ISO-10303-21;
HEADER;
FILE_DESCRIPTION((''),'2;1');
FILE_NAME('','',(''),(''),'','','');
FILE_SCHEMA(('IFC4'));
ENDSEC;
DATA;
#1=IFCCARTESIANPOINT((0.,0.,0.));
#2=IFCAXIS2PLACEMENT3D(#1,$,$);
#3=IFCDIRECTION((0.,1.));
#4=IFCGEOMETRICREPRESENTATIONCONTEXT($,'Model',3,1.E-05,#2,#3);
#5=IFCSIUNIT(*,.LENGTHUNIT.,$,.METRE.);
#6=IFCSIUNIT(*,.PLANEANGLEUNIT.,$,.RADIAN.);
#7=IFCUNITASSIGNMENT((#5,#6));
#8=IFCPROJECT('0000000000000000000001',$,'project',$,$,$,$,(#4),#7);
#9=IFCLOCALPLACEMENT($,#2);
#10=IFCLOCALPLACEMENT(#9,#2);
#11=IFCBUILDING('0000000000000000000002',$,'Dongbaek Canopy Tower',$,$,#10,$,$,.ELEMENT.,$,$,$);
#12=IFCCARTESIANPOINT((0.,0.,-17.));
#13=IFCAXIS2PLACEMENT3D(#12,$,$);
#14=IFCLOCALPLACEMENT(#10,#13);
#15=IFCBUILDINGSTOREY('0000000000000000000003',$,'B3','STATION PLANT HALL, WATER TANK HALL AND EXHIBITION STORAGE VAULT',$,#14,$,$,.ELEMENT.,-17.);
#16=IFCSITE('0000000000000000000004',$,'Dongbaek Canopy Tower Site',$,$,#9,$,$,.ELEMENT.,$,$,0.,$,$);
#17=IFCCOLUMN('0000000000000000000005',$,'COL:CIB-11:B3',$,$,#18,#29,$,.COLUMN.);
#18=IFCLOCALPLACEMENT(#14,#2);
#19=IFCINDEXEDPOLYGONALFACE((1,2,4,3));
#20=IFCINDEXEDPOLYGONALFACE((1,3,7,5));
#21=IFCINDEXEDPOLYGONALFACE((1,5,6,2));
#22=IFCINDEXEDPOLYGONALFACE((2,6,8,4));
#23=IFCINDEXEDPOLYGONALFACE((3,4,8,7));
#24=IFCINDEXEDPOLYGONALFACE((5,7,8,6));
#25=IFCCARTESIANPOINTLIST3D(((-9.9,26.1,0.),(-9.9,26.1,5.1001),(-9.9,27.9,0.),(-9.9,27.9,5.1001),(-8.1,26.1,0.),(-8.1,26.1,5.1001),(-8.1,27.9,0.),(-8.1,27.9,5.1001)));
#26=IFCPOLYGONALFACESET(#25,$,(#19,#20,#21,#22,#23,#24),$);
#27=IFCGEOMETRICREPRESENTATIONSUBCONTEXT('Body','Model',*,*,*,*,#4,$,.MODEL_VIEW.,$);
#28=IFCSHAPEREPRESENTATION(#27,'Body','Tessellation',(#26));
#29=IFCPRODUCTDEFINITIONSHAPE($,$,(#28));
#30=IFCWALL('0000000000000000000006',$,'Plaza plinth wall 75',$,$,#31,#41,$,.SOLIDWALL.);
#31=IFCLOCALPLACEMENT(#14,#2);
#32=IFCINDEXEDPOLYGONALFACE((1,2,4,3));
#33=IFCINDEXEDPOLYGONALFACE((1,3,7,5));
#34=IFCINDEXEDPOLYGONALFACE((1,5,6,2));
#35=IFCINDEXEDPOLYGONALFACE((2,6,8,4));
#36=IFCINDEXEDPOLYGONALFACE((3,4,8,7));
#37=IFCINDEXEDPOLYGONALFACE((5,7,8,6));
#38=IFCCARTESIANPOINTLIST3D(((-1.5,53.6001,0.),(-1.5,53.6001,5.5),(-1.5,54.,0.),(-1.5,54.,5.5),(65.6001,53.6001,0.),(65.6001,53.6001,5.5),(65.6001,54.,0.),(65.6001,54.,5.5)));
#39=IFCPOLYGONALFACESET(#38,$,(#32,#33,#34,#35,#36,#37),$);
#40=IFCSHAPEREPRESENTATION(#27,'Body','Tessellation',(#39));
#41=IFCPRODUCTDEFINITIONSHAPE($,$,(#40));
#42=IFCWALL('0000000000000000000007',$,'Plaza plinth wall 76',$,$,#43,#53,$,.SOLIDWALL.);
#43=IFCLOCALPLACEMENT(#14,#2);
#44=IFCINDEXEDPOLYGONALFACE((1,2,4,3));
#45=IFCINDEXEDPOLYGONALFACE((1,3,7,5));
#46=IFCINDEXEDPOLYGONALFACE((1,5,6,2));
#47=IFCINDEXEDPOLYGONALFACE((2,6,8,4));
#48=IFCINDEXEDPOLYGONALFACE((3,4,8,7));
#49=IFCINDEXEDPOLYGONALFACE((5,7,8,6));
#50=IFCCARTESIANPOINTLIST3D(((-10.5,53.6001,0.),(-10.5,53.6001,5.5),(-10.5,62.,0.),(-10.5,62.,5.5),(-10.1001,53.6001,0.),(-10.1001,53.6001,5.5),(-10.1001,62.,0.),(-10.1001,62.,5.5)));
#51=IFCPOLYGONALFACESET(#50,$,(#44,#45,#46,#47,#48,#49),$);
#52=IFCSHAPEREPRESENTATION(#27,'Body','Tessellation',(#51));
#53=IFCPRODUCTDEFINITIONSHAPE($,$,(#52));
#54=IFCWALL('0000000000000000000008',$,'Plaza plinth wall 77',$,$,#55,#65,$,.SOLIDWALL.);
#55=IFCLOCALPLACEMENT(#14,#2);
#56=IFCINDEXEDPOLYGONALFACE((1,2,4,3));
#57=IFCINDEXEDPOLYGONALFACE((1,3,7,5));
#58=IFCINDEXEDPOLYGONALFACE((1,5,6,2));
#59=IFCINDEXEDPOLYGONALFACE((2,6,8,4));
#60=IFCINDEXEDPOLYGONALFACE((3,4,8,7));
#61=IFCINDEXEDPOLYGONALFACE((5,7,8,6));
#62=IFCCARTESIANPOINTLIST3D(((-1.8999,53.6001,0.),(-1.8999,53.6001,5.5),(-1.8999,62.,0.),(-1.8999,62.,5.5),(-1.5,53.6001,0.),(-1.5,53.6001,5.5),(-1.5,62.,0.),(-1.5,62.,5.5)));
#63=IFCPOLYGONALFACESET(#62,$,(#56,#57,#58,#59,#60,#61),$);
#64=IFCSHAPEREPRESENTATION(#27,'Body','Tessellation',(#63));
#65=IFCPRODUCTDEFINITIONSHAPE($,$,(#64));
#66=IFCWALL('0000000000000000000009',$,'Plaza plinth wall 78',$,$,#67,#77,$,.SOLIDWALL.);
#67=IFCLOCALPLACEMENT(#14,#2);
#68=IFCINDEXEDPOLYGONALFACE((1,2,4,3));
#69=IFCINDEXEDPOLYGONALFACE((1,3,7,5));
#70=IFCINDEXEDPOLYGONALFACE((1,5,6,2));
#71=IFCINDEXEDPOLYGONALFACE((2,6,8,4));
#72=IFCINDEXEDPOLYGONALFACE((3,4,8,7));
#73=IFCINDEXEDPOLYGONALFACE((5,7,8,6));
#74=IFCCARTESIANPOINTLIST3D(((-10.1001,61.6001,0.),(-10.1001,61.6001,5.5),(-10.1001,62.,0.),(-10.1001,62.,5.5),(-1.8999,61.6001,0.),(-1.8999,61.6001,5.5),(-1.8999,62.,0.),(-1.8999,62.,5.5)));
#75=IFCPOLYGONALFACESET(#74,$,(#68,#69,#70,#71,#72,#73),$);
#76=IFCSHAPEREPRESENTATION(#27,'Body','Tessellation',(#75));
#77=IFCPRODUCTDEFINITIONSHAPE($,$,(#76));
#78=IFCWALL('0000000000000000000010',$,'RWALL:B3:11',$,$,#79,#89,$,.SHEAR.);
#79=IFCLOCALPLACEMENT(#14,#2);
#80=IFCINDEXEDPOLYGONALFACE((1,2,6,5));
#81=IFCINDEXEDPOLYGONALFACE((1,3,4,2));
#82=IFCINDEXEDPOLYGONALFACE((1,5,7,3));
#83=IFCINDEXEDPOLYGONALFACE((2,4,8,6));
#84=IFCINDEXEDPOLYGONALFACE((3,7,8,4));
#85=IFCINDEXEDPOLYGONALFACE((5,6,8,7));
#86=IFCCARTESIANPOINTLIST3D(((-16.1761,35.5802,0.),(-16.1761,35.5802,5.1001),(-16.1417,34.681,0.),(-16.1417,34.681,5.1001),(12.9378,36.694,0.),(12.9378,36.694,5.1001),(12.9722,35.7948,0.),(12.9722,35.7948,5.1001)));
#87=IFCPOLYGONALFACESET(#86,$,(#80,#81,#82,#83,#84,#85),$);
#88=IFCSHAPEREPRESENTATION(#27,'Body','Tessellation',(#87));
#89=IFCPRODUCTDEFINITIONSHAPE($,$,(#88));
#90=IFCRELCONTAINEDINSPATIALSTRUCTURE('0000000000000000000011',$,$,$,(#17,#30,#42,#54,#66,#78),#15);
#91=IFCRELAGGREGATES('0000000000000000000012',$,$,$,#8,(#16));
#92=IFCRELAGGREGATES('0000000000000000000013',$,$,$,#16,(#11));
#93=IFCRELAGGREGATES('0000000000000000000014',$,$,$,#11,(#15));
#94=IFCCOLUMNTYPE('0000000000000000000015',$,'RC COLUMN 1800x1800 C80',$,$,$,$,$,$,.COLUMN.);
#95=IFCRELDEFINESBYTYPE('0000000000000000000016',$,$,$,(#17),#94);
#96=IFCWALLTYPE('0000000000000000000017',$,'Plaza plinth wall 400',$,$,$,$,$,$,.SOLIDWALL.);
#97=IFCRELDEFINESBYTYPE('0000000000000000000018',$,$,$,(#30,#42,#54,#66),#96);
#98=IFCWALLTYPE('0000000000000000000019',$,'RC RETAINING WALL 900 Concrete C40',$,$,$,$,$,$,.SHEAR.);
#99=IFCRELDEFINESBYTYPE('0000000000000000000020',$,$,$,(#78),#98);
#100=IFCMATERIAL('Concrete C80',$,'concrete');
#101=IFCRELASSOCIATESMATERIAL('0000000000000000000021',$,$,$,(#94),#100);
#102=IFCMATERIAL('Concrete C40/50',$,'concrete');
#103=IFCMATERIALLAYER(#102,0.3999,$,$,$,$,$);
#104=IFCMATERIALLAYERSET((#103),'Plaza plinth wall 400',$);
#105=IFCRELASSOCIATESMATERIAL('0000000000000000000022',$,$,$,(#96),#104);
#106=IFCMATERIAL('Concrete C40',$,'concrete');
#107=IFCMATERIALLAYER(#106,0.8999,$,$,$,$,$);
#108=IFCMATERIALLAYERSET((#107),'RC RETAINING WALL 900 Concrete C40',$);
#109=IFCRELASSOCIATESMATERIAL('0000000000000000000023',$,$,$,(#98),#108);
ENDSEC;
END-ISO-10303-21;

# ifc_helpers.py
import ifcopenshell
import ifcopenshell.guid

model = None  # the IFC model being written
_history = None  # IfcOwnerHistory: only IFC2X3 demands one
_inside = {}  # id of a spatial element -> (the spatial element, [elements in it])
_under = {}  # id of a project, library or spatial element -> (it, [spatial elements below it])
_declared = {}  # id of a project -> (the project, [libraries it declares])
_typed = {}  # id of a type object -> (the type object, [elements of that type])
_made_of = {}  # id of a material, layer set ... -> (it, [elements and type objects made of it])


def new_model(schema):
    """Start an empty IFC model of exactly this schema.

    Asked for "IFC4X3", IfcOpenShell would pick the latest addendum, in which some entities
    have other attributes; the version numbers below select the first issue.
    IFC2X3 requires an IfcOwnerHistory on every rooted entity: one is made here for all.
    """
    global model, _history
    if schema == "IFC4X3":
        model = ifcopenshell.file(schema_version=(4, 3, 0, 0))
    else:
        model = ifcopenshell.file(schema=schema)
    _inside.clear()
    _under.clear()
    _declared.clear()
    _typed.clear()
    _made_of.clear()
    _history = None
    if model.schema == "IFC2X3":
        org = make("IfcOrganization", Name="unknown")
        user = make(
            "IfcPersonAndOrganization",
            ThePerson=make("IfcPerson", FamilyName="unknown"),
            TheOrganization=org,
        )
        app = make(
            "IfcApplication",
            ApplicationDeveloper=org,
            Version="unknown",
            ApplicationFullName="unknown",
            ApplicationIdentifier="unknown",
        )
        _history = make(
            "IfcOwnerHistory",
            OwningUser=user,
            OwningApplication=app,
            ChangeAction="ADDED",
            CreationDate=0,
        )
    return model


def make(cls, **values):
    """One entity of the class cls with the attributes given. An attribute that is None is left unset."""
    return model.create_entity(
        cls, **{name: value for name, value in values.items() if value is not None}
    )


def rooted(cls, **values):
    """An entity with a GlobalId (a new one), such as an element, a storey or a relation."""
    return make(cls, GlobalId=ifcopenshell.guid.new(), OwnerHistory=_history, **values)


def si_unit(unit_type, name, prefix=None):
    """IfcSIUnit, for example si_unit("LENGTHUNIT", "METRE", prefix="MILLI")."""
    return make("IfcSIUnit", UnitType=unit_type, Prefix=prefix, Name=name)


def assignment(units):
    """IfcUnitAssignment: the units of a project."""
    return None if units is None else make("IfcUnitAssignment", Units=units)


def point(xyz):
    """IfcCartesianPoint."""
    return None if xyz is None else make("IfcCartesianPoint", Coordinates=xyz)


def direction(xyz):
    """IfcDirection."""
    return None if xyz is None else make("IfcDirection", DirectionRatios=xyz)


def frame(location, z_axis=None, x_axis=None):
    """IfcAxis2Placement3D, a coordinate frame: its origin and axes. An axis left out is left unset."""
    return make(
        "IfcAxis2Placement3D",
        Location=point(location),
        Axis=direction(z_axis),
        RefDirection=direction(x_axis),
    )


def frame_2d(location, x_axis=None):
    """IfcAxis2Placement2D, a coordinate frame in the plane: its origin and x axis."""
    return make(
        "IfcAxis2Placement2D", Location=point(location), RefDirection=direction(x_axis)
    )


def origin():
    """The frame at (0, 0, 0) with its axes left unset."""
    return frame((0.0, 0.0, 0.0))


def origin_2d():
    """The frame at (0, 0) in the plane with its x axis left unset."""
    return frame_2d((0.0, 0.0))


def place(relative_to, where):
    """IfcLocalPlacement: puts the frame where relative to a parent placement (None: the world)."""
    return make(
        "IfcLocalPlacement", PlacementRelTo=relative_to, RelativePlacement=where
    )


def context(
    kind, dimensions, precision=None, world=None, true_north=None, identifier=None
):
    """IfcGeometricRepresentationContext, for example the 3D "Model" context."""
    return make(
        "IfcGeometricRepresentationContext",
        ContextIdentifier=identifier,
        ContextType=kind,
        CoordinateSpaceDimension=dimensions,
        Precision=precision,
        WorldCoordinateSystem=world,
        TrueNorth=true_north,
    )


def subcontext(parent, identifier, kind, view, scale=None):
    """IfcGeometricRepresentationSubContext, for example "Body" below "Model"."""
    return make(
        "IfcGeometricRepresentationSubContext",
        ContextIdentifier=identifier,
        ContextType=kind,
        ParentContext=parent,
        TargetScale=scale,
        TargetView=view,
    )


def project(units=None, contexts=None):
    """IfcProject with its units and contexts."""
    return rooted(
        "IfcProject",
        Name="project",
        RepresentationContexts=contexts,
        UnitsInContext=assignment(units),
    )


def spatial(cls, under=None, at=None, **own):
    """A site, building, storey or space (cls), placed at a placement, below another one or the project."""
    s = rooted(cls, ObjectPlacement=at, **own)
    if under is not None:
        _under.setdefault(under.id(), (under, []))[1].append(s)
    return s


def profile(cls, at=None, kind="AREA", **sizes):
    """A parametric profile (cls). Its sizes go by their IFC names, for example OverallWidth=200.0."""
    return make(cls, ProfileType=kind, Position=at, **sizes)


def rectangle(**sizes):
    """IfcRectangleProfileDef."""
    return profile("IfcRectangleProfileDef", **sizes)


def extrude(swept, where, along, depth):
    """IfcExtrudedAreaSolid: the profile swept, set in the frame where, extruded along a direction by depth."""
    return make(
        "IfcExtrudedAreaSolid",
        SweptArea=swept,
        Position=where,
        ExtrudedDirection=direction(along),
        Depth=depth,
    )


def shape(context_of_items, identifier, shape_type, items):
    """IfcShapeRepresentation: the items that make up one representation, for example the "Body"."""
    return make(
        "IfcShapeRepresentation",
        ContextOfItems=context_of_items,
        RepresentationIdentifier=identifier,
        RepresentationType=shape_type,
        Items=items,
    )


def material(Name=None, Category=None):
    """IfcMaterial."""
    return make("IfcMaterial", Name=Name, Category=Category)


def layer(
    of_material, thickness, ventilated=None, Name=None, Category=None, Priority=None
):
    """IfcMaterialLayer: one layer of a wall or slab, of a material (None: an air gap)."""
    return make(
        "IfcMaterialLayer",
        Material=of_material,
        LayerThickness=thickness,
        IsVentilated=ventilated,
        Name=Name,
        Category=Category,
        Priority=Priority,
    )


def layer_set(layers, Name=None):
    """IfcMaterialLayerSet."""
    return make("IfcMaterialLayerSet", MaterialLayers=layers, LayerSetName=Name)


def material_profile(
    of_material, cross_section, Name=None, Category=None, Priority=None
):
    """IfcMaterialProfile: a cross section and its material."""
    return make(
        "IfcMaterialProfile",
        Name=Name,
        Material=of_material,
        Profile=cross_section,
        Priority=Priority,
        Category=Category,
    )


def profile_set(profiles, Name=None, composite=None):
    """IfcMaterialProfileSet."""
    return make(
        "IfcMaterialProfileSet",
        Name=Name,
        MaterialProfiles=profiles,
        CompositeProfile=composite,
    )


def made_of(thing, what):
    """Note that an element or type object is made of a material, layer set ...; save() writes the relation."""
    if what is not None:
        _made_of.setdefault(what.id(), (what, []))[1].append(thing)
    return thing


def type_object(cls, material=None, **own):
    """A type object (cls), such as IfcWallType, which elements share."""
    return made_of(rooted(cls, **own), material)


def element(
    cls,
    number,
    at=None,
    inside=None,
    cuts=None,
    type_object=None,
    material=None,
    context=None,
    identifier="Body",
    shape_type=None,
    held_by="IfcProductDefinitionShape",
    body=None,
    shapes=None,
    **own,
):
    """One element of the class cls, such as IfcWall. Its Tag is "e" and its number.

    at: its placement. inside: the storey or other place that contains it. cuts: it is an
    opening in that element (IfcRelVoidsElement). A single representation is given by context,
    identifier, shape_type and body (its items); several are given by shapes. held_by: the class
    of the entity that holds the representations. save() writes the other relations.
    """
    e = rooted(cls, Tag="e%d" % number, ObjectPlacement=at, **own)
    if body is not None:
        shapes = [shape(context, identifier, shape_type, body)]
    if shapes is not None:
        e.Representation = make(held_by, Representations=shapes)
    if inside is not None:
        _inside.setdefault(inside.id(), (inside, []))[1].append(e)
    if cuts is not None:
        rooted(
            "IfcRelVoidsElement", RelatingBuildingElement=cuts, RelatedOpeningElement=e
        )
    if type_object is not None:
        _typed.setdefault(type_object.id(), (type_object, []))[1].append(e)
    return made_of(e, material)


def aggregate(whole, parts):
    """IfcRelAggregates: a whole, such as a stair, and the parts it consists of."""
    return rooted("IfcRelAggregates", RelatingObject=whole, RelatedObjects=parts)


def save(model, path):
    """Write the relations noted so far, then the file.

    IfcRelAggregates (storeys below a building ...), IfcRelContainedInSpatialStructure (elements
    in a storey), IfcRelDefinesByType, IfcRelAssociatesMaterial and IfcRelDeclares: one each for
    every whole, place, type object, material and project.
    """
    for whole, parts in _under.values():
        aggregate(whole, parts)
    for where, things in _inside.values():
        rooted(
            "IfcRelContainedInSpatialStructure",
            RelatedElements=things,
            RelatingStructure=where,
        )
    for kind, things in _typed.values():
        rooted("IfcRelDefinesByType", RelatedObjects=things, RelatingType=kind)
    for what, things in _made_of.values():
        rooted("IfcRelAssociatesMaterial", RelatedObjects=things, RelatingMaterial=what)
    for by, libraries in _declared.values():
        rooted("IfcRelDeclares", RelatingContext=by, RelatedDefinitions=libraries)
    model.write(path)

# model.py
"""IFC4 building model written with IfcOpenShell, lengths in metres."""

from ifc_helpers import new_model, si_unit, direction, frame, frame_2d, origin, origin_2d, place, context, subcontext, project, spatial, rectangle, extrude, material, layer, layer_set, material_profile, profile_set, type_object, element, save


model = new_model("IFC4")

# Units and contexts
model_context = context("Model", 3, precision=1e-05, world=origin(), true_north=direction((0.0, 1.0)))
body_context = subcontext(model_context, "Body", "Model", "MODEL_VIEW")
ifc_project = project(units=[si_unit("LENGTHUNIT", "METRE"), si_unit("PLANEANGLEUNIT", "RADIAN")], contexts=[model_context])

# Site, building, storey
site_placement = place(None, origin())
site = spatial("IfcSite", under=ifc_project, at=site_placement, Name="Dongbaek Canopy Tower Site", CompositionType="ELEMENT", RefElevation=0.0)
building_placement = place(site_placement, origin())
building = spatial("IfcBuilding", under=site, at=building_placement, Name="Dongbaek Canopy Tower", CompositionType="ELEMENT")
storey_placement = place(building_placement, frame((0.0, 0.0, -17.0)))
storey = spatial("IfcBuildingStorey", under=building, at=storey_placement, Name="B3", Description="STATION PLANT HALL, WATER TANK HALL AND EXHIBITION STORAGE VAULT", CompositionType="ELEMENT", Elevation=-17.0)

# Column
ifc_material_1 = material(Name="Concrete C80", Category="concrete")
ifc_material_profile_1 = material_profile(ifc_material_1, rectangle(XDim=1.8, YDim=1.8, at=origin_2d()), Name="RC COLUMN 1800x1800 C80")
ifc_profile_set_1 = profile_set([ifc_material_profile_1], Name="Concrete C80")
column_type = type_object("IfcColumnType", Name="RC COLUMN 1800x1800 C80", PredefinedType="COLUMN", material=ifc_profile_set_1)
for number, where, z_axis, x_axis, name in (
    (1, (-9.0, 27.0, 0.0), (0.0, 0.0, 1.0), (1.0, 0.0, 0.0), "COL:CIB-11:B3"),
):
    element("IfcColumn", number, at=place(storey_placement, frame(where, z_axis=z_axis, x_axis=x_axis)), inside=storey, type_object=column_type, Name=name, PredefinedType="COLUMN", context=body_context, shape_type="SweptSolid", body=[
        extrude(rectangle(XDim=1.8, YDim=1.8, at=origin_2d()), origin(), (0.0, 0.0, 1.0), 5.1001),
    ])

# Walls
ifc_material_2 = material(Name="Concrete C40/50", Category="concrete")
ifc_layer_1 = layer(ifc_material_2, 0.3999)
ifc_layer_set_1 = layer_set([ifc_layer_1], Name="Plaza plinth wall 400")
wall_type_1 = type_object("IfcWallType", Name="Plaza plinth wall 400", PredefinedType="SOLIDWALL", material=ifc_layer_set_1)
wall_1_placement = place(storey_placement, frame((-1.5, 53.8, 0.0), z_axis=(0.0, 0.0, 1.0), x_axis=(1.0, 0.0, 0.0)))
element("IfcWall", 2, at=wall_1_placement, inside=storey, type_object=wall_type_1, Name="Plaza plinth wall 75", PredefinedType="SOLIDWALL", context=body_context, shape_type="SweptSolid", body=[
    extrude(rectangle(XDim=67.1001, YDim=0.3999, at=frame_2d((33.55, 0.0))), origin(), (0.0, 0.0, 1.0), 5.5),
])
for number, where, z_axis, x_axis, name in (
    (3, (-10.3, 53.6001, 0.0), (0.0, 0.0, 1.0), (0.0, 1.0, 0.0), "Plaza plinth wall 76"),
    (4, (-1.7, 53.6001, 0.0), (0.0, 0.0, 1.0), (0.0, 1.0, 0.0), "Plaza plinth wall 77"),
):
    element("IfcWall", number, at=place(storey_placement, frame(where, z_axis=z_axis, x_axis=x_axis)), inside=storey, type_object=wall_type_1, Name=name, PredefinedType="SOLIDWALL", context=body_context, shape_type="SweptSolid", body=[
        extrude(rectangle(XDim=8.3999, YDim=0.3999, at=frame_2d((4.2, 0.0))), origin(), (0.0, 0.0, 1.0), 5.5),
    ])
wall_2_placement = place(storey_placement, frame((-10.1001, 61.8, 0.0), z_axis=(0.0, 0.0, 1.0), x_axis=(1.0, 0.0, 0.0)))
element("IfcWall", 5, at=wall_2_placement, inside=storey, type_object=wall_type_1, Name="Plaza plinth wall 78", PredefinedType="SOLIDWALL", context=body_context, shape_type="SweptSolid", body=[
    extrude(rectangle(XDim=8.2002, YDim=0.3999, at=frame_2d((4.1001, 0.0))), origin(), (0.0, 0.0, 1.0), 5.5),
])
ifc_material_3 = material(Name="Concrete C40", Category="concrete")
ifc_layer_2 = layer(ifc_material_3, 0.8999)
ifc_layer_set_2 = layer_set([ifc_layer_2], Name="RC RETAINING WALL 900 Concrete C40")
wall_type_2 = type_object("IfcWallType", Name="RC RETAINING WALL 900 Concrete C40", PredefinedType="SHEAR", material=ifc_layer_set_2)
wall_3_placement = place(storey_placement, frame((-16.1589, 35.1306, 0.0), z_axis=(0.0, 0.0, 1.0), x_axis=(0.999269, 0.038227, 0.0)))
element("IfcWall", 6, at=wall_3_placement, inside=storey, type_object=wall_type_2, Name="RWALL:B3:11", PredefinedType="SHEAR", context=body_context, shape_type="SweptSolid", body=[
    extrude(rectangle(XDim=29.1353, YDim=0.8999, at=frame_2d((14.5676, 0.0))), origin(), (0.0, 0.0, 1.0), 5.1001),
])

save(model, "model.ifc")
